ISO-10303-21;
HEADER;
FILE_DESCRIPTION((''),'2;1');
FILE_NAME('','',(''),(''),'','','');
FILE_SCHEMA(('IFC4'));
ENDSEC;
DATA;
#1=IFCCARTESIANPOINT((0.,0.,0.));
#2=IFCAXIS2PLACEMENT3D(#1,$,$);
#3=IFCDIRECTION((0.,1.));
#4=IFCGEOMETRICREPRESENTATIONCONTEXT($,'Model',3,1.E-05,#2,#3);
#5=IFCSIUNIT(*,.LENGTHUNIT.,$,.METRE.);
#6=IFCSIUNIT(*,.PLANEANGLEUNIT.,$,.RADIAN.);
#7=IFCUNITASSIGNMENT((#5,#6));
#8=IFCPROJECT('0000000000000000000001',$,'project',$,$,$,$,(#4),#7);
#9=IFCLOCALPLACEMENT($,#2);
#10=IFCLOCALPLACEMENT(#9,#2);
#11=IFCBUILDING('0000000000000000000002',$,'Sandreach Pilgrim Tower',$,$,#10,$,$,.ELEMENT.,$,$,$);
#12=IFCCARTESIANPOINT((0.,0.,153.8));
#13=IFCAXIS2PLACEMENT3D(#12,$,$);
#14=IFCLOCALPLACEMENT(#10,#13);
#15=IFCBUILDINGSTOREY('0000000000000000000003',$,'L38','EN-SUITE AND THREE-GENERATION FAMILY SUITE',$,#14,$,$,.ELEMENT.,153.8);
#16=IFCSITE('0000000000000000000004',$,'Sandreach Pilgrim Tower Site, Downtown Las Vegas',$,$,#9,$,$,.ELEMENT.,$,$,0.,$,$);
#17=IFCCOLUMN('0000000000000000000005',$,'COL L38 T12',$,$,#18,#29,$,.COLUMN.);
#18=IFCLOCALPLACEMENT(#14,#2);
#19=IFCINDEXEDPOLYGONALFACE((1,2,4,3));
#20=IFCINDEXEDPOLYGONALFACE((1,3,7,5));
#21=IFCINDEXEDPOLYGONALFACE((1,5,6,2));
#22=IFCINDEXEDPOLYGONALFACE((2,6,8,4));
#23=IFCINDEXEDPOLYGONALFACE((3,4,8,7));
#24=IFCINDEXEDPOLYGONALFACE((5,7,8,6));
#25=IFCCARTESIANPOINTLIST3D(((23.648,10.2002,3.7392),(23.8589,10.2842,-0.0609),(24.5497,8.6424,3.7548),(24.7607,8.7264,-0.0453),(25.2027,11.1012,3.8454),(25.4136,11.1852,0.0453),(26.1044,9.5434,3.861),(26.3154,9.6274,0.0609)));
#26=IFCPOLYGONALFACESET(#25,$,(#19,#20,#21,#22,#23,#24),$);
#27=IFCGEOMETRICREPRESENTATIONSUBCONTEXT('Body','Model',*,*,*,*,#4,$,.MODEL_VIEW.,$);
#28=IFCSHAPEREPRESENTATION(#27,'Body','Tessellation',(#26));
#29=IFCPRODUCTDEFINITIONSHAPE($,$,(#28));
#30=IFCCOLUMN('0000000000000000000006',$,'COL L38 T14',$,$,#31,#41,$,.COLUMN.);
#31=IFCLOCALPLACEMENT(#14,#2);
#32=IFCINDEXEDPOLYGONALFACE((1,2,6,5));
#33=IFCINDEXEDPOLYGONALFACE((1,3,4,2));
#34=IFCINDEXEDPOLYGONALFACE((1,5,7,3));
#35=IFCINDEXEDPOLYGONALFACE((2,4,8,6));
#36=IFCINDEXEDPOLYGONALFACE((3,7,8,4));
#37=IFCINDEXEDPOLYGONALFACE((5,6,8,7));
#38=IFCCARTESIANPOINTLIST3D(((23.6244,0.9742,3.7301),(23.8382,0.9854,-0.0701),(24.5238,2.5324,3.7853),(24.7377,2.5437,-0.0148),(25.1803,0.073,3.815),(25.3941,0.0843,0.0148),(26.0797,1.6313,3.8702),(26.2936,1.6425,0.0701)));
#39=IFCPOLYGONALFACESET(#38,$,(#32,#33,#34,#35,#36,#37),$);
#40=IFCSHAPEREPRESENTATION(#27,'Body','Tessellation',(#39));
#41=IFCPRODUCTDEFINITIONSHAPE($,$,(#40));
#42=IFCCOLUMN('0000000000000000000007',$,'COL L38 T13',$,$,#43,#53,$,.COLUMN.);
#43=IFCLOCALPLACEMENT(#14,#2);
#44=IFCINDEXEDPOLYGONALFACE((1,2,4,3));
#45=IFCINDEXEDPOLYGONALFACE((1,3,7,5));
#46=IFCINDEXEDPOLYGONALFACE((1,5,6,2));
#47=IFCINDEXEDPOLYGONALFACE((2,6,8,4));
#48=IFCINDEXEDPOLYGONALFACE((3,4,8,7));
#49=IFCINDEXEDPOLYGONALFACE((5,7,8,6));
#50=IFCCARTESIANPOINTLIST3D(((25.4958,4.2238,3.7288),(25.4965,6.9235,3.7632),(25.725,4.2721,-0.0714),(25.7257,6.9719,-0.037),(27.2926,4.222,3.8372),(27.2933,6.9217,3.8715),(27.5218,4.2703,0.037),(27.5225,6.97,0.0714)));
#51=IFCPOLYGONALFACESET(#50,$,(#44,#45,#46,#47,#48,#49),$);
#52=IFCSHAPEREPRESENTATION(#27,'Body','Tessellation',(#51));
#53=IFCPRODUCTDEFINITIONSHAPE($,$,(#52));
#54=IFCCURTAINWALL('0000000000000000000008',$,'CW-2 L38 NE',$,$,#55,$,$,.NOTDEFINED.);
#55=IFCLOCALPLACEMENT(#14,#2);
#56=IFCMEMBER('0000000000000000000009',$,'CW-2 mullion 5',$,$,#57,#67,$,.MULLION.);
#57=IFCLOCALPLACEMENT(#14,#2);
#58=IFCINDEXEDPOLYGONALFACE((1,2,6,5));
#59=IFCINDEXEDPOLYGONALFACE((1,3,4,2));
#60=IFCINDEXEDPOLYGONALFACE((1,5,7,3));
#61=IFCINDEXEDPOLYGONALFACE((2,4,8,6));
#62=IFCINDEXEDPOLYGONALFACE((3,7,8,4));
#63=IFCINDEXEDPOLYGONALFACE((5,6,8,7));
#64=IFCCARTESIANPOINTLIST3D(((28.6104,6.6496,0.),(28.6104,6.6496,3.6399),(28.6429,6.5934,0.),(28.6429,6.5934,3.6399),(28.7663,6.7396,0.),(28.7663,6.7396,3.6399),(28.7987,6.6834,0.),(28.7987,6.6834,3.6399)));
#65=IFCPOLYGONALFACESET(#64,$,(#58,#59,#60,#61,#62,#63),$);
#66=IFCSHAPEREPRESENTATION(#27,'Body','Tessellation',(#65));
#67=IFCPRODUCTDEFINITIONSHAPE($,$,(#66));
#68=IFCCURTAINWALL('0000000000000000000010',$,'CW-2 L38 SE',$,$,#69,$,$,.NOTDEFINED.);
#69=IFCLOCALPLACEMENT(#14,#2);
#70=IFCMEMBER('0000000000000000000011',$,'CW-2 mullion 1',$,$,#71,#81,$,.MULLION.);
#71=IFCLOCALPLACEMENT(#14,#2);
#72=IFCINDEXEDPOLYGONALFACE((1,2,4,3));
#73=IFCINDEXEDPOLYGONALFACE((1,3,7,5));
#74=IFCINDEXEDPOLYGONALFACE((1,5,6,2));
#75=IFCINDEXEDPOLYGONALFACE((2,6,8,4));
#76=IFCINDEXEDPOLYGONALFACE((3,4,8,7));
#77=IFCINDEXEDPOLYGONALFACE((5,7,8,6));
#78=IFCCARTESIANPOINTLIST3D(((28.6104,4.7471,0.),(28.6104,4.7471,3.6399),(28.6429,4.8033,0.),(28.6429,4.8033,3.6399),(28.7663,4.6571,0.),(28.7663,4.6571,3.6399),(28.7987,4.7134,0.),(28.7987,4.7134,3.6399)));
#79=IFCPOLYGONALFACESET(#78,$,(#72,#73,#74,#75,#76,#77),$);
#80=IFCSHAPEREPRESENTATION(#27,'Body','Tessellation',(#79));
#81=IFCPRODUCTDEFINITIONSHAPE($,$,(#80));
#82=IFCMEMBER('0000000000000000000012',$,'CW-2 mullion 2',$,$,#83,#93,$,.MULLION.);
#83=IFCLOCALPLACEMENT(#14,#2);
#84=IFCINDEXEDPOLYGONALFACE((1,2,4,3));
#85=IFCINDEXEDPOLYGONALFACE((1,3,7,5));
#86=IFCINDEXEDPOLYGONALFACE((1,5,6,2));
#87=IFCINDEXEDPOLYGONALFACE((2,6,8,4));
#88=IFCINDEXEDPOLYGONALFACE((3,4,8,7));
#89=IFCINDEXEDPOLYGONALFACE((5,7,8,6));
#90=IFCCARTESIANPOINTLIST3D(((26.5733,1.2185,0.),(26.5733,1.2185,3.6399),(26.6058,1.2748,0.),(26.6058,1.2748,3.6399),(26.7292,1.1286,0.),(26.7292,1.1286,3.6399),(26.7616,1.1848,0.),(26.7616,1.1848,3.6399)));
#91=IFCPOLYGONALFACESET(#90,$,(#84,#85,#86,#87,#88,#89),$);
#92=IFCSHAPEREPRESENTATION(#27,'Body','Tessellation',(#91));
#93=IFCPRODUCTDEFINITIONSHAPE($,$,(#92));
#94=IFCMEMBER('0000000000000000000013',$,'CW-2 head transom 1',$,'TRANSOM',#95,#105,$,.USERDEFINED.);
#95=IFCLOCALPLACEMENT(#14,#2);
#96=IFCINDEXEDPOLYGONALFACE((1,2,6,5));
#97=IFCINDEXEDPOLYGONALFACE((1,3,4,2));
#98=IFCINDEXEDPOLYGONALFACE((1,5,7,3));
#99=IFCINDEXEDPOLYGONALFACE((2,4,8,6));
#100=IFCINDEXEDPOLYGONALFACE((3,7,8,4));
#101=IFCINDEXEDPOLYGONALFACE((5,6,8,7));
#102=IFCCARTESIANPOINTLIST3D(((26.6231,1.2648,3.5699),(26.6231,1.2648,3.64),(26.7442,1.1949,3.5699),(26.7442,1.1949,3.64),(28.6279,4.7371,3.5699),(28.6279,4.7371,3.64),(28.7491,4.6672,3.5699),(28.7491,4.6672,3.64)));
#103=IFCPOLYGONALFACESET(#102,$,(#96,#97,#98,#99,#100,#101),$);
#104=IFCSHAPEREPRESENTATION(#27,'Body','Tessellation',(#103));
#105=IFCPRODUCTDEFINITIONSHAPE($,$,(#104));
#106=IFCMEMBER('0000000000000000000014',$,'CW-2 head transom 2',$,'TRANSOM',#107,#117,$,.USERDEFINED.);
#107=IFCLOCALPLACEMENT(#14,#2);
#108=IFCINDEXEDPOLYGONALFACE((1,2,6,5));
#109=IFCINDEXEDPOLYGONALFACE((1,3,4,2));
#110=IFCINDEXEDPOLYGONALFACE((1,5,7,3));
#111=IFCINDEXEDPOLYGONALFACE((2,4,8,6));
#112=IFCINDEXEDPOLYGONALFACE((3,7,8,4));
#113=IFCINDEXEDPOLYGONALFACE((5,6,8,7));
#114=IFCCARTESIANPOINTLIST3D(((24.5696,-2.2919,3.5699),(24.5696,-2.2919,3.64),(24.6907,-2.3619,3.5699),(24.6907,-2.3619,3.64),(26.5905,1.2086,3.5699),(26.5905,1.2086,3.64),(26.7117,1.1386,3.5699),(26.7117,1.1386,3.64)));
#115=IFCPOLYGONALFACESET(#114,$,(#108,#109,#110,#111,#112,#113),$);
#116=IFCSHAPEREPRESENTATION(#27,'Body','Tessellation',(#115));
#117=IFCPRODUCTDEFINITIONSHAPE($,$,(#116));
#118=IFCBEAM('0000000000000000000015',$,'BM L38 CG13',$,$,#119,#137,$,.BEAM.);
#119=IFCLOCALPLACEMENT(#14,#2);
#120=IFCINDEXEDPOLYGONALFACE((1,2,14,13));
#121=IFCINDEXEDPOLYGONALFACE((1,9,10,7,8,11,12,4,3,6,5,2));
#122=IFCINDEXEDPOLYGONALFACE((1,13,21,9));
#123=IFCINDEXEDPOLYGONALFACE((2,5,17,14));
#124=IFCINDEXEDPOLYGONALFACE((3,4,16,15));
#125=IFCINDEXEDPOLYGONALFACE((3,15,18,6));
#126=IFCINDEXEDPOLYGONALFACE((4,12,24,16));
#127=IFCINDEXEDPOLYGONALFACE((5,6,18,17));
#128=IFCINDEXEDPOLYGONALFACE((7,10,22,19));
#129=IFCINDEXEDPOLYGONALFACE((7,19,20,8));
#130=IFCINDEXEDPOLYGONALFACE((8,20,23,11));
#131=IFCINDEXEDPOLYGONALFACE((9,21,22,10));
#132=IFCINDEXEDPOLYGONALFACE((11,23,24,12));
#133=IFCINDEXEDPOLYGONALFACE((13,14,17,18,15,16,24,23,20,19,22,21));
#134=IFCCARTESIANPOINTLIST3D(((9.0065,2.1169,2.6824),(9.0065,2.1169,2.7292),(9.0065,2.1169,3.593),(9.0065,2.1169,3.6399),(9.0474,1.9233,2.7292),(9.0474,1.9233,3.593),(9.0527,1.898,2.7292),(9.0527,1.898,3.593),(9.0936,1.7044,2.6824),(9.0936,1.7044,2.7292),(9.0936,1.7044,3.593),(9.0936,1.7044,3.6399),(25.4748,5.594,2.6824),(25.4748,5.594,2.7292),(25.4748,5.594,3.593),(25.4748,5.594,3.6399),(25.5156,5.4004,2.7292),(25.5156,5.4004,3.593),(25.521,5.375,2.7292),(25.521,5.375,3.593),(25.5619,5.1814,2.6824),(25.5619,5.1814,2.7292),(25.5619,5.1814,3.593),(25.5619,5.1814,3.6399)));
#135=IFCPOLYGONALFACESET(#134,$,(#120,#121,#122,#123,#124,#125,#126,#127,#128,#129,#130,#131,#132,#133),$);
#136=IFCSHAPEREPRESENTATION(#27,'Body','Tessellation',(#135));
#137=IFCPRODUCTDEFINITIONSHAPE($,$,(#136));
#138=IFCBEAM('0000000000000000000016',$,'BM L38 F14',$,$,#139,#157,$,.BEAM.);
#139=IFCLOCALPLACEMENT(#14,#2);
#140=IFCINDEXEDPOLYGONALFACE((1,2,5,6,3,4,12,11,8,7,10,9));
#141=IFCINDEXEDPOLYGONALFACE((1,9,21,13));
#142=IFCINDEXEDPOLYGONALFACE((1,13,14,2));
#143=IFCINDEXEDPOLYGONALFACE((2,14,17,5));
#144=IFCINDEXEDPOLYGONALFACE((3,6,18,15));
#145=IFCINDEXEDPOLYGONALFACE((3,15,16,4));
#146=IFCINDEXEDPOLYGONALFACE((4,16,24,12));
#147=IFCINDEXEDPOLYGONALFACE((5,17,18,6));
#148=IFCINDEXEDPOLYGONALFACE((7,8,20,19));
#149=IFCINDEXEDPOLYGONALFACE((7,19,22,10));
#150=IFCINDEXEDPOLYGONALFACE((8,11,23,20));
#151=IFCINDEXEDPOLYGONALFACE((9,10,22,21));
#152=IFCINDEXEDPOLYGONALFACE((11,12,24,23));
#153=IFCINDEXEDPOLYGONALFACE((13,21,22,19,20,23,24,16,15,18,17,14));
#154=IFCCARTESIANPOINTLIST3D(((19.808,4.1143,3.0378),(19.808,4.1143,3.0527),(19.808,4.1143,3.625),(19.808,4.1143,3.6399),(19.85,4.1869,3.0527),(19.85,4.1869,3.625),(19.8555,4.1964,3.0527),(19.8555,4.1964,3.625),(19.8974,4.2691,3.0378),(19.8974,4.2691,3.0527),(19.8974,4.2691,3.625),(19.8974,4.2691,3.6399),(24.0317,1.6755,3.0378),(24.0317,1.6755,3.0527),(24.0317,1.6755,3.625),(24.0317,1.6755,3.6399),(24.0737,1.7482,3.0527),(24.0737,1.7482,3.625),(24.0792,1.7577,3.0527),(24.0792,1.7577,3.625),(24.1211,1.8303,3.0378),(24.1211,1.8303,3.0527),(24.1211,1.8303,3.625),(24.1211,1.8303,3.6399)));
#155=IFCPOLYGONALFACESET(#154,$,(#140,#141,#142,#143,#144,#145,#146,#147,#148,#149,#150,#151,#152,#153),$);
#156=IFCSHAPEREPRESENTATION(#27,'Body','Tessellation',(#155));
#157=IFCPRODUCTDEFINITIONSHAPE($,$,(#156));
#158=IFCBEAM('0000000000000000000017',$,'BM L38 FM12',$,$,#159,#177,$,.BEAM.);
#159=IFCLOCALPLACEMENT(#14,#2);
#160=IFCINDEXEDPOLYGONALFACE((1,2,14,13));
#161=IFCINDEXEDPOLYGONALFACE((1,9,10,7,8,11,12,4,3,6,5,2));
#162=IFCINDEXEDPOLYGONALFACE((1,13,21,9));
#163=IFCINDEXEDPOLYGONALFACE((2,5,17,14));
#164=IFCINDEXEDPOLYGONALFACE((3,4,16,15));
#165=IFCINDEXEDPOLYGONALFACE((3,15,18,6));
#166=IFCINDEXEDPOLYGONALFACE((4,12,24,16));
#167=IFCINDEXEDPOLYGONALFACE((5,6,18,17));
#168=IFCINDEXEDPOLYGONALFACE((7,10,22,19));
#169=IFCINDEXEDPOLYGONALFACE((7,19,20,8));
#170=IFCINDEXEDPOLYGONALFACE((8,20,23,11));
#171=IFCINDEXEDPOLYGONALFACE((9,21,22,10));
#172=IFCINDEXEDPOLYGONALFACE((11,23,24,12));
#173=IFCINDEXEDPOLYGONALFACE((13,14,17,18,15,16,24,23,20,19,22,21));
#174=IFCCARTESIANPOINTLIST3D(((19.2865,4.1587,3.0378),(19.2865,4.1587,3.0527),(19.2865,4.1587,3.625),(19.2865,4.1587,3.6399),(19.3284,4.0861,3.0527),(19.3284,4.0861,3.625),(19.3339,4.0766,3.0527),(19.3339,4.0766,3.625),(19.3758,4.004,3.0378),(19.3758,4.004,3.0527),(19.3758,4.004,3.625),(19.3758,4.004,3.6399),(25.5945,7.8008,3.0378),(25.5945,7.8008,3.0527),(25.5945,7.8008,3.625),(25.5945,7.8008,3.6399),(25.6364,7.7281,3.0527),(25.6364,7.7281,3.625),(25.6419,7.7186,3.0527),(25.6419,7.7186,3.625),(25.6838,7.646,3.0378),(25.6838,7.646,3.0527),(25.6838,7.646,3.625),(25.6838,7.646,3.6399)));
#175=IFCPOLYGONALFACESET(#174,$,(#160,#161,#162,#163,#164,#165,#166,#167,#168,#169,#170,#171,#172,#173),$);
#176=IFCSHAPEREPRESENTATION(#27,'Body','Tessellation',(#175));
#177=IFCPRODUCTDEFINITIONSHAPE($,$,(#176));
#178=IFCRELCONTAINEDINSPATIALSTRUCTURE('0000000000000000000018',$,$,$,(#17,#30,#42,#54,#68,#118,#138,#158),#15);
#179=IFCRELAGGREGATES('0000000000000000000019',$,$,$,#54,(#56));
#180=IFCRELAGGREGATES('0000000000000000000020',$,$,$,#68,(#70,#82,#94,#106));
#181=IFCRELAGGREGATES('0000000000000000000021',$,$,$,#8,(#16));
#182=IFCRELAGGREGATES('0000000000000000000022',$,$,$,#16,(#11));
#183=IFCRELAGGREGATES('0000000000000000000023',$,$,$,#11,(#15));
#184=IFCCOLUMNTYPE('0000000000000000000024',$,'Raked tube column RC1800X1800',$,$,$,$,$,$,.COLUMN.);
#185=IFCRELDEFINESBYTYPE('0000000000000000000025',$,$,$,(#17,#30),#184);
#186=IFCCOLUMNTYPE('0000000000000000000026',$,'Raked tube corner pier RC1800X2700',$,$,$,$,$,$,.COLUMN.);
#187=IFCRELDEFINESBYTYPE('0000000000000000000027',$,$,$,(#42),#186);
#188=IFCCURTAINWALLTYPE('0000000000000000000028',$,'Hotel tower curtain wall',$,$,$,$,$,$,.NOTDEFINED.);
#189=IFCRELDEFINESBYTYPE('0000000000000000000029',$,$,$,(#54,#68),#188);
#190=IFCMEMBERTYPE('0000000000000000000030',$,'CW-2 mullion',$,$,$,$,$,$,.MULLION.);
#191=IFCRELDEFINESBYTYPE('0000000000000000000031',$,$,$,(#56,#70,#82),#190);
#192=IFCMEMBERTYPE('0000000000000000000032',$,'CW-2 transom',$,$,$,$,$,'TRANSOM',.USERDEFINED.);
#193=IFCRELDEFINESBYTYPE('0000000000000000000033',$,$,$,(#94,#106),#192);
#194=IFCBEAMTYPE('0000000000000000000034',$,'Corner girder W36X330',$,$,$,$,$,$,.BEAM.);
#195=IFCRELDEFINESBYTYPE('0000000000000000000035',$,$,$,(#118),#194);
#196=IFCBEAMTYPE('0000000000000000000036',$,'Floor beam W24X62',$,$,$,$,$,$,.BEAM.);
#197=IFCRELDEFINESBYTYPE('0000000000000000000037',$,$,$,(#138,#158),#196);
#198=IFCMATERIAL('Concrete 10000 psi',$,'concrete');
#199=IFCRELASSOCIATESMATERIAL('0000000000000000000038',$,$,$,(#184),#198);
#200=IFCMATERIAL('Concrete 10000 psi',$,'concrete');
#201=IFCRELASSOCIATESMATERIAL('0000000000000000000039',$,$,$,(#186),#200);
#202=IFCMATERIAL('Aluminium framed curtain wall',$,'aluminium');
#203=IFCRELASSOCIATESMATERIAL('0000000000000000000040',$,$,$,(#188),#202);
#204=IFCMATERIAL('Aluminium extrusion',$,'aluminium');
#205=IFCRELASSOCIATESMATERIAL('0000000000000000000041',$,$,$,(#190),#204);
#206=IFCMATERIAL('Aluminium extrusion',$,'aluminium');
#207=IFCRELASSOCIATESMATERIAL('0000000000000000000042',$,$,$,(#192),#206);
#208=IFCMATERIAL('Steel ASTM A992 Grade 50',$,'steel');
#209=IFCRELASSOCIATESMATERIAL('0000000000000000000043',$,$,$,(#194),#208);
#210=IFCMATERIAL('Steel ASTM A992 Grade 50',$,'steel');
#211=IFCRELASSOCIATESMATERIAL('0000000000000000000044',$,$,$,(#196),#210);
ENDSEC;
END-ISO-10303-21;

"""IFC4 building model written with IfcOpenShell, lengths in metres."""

from ifc_helpers import new_model, si_unit, direction, frame, origin, origin_2d, place, context, subcontext, project, spatial, rectangle, i_section, extrude, material, material_profile, profile_set, type_object, element, aggregate, save


model = new_model("IFC4")

# Units and contexts
model_context = context("Model", 3, precision=1e-05, world=origin(), true_north=direction((0.0, 1.0)))
body_context = subcontext(model_context, "Body", "Model", "MODEL_VIEW")
ifc_project = project(units=[si_unit("LENGTHUNIT", "METRE"), si_unit("PLANEANGLEUNIT", "RADIAN")], contexts=[model_context])

# Site, building, storey
site_placement = place(None, origin())
site = spatial("IfcSite", under=ifc_project, at=site_placement, Name="Sandreach Pilgrim Tower Site, Downtown Las Vegas", CompositionType="ELEMENT", RefElevation=0.0)
building_placement = place(site_placement, origin())
building = spatial("IfcBuilding", under=site, at=building_placement, Name="Sandreach Pilgrim Tower", CompositionType="ELEMENT")
storey_placement = place(building_placement, frame((0.0, 0.0, 153.8)))
storey = spatial("IfcBuildingStorey", under=building, at=storey_placement, Name="L38", Description="EN-SUITE AND THREE-GENERATION FAMILY SUITE", CompositionType="ELEMENT", Elevation=153.8)

# Columns
ifc_material_1 = material(Name="Concrete 10000 psi", Category="concrete")
ifc_material_profile_1 = material_profile(ifc_material_1, rectangle(XDim=1.8, YDim=1.8, at=origin_2d()), Name="RC1800X1800")
ifc_profile_set_1 = profile_set([ifc_material_profile_1], Name="Concrete 10000 psi")
column_type_1 = type_object("IfcColumnType", Name="Raked tube column RC1800X1800", PredefinedType="COLUMN", material=ifc_profile_set_1)
column_1_placement = place(storey_placement, frame((25.0872, 9.9558, 0.0), z_axis=(-0.05541, -0.022062, 0.99822), x_axis=(0.863697, 0.500546, 0.059006)))
element("IfcColumn", 1, at=column_1_placement, inside=storey, type_object=column_type_1, Name="COL L38 T12", PredefinedType="COLUMN", context=body_context, shape_type="SweptSolid", body=[
    extrude(rectangle(XDim=1.8, YDim=1.8, at=origin_2d()), origin(), (0.0, 0.0, 1.0), 3.8069),
])
column_2_placement = place(storey_placement, frame((25.0659, 1.314, 0.0), z_axis=(-0.056191, -0.002951, 0.998416), x_axis=(0.86438, -0.500621, 0.047168)))
element("IfcColumn", 2, at=column_2_placement, inside=storey, type_object=column_type_1, Name="COL L38 T14", PredefinedType="COLUMN", context=body_context, shape_type="SweptSolid", body=[
    extrude(rectangle(XDim=1.8, YDim=1.8, at=origin_2d()), origin(), (0.0, 0.0, 1.0), 3.8062),
])
ifc_material_2 = material(Name="Concrete 10000 psi", Category="concrete")
ifc_material_profile_2 = material_profile(ifc_material_2, rectangle(XDim=1.8, YDim=2.7, at=origin_2d()), Name="RC1800X2700")
ifc_profile_set_2 = profile_set([ifc_material_profile_2], Name="Concrete 10000 psi")
column_type_2 = type_object("IfcColumnType", Name="Raked tube corner pier RC1800X2700", PredefinedType="COLUMN", material=ifc_profile_set_2)
column_3_placement = place(storey_placement, frame((26.6238, 5.6211, 0.0), z_axis=(-0.060213, -0.012697, 0.998105), x_axis=(0.998185, -0.001025, 0.060205)))
element("IfcColumn", 3, at=column_3_placement, inside=storey, type_object=column_type_2, Name="COL L38 T13", PredefinedType="COLUMN", context=body_context, shape_type="SweptSolid", body=[
    extrude(rectangle(XDim=1.8, YDim=2.7, at=origin_2d()), origin(), (0.0, 0.0, 1.0), 3.8074),
])

# Curtain wall, member
ifc_material_3 = material(Name="Aluminium framed curtain wall", Category="aluminium")
curtain_wall_type = type_object("IfcCurtainWallType", Name="Hotel tower curtain wall", PredefinedType="NOTDEFINED", material=ifc_material_3)
curtain_wall_1_placement = place(storey_placement, origin())
curtain_wall_1 = element("IfcCurtainWall", 4, at=curtain_wall_1_placement, inside=storey, type_object=curtain_wall_type, Name="CW-2 L38 NE", PredefinedType="NOTDEFINED")
ifc_material_4 = material(Name="Aluminium extrusion", Category="aluminium")
ifc_material_profile_3 = material_profile(ifc_material_4, rectangle(XDim=0.0649, YDim=0.1799, at=origin_2d()), Name="CW-2M 65X180")
ifc_profile_set_3 = profile_set([ifc_material_profile_3], Name="Aluminium extrusion")
member_type_1 = type_object("IfcMemberType", Name="CW-2 mullion", PredefinedType="MULLION", material=ifc_profile_set_3)
member_1_placement = place(storey_placement, frame((28.7046, 6.6665, 0.0), z_axis=(0.0, 0.0, 1.0), x_axis=(0.5, -0.866025, 0.0)))
member_1 = element("IfcMember", 5, at=member_1_placement, type_object=member_type_1, Name="CW-2 mullion 5", PredefinedType="MULLION", context=body_context, shape_type="SweptSolid", body=[
    extrude(rectangle(XDim=0.0649, YDim=0.1799, at=origin_2d()), origin(), (0.0, 0.0, 1.0), 3.6399),
])

# Curtain wall, members
curtain_wall_2_placement = place(storey_placement, origin())
curtain_wall_2 = element("IfcCurtainWall", 6, at=curtain_wall_2_placement, inside=storey, type_object=curtain_wall_type, Name="CW-2 L38 SE", PredefinedType="NOTDEFINED")
member_2_placement = place(storey_placement, frame((28.7046, 4.7302, 0.0), z_axis=(0.0, 0.0, 1.0), x_axis=(-0.5, -0.866025, 0.0)))
member_2 = element("IfcMember", 7, at=member_2_placement, type_object=member_type_1, Name="CW-2 mullion 1", PredefinedType="MULLION", context=body_context, shape_type="SweptSolid", body=[
    extrude(rectangle(XDim=0.0649, YDim=0.1799, at=origin_2d()), origin(), (0.0, 0.0, 1.0), 3.6399),
])
member_3_placement = place(storey_placement, frame((26.6675, 1.2017, 0.0), z_axis=(0.0, 0.0, 1.0), x_axis=(-0.5, -0.866025, 0.0)))
member_3 = element("IfcMember", 8, at=member_3_placement, type_object=member_type_1, Name="CW-2 mullion 2", PredefinedType="MULLION", context=body_context, shape_type="SweptSolid", body=[
    extrude(rectangle(XDim=0.0649, YDim=0.1799, at=origin_2d()), origin(), (0.0, 0.0, 1.0), 3.6399),
])
ifc_material_5 = material(Name="Aluminium extrusion", Category="aluminium")
ifc_material_profile_4 = material_profile(ifc_material_5, rectangle(XDim=0.1399, YDim=0.0701, at=origin_2d()), Name="CW-2T 140X70")
ifc_profile_set_4 = profile_set([ifc_material_profile_4], Name="Aluminium extrusion")
member_type_2 = type_object("IfcMemberType", Name="CW-2 transom", ElementType="TRANSOM", PredefinedType="USERDEFINED", material=ifc_profile_set_4)
member_4_placement = place(storey_placement, frame((28.6885, 4.7021, 3.605), z_axis=(-0.500016, -0.866016, 0.0), x_axis=(0.866016, -0.500016, 0.0)))
member_4 = element("IfcMember", 9, at=member_4_placement, type_object=member_type_2, Name="CW-2 head transom 1", ObjectType="TRANSOM", PredefinedType="USERDEFINED", context=body_context, shape_type="SweptSolid", body=[
    extrude(rectangle(XDim=0.1399, YDim=0.0701, at=origin_2d()), origin(), (0.0, 0.0, 1.0), 4.0095),
])
member_5_placement = place(storey_placement, frame((26.6511, 1.1736, 3.605), z_axis=(-0.499998, -0.866027, 0.0), x_axis=(0.866027, -0.499998, 0.0)))
member_5 = element("IfcMember", 10, at=member_5_placement, type_object=member_type_2, Name="CW-2 head transom 2", ObjectType="TRANSOM", PredefinedType="USERDEFINED", context=body_context, shape_type="SweptSolid", body=[
    extrude(rectangle(XDim=0.1399, YDim=0.0701, at=origin_2d()), origin(), (0.0, 0.0, 1.0), 4.042),
])

# Beams
ifc_material_6 = material(Name="Steel ASTM A992 Grade 50", Category="steel")
ifc_material_profile_5 = material_profile(ifc_material_6, i_section(OverallWidth=0.4216, OverallDepth=0.9575, WebThickness=0.0259, FlangeThickness=0.0469, at=origin_2d()), Name="W36X330")
ifc_profile_set_5 = profile_set([ifc_material_profile_5], Name="Steel ASTM A992 Grade 50")
beam_type_1 = type_object("IfcBeamType", Name="Corner girder W36X330", PredefinedType="BEAM", material=ifc_profile_set_5)
beam_1_placement = place(storey_placement, frame((25.5183, 5.3877, 3.1611), z_axis=(-0.978429, -0.206582, 0.0), x_axis=(0.206582, -0.978429, 0.0)))
element("IfcBeam", 11, at=beam_1_placement, inside=storey, type_object=beam_type_1, Name="BM L38 CG13", PredefinedType="BEAM", context=body_context, shape_type="SweptSolid", body=[
    extrude(i_section(OverallWidth=0.4216, OverallDepth=0.9575, WebThickness=0.0259, FlangeThickness=0.0469, at=origin_2d()), origin(), (0.0, 0.0, 1.0), 16.8313),
])
ifc_material_7 = material(Name="Steel ASTM A992 Grade 50", Category="steel")
ifc_material_profile_6 = material_profile(ifc_material_7, i_section(OverallWidth=0.1787, OverallDepth=0.6021, WebThickness=0.011, FlangeThickness=0.0149, at=origin_2d()), Name="W24X62")
ifc_profile_set_6 = profile_set([ifc_material_profile_6], Name="Steel ASTM A992 Grade 50")
beam_type_2 = type_object("IfcBeamType", Name="Floor beam W24X62", PredefinedType="BEAM", material=ifc_profile_set_6)
beam_2_placement = place(storey_placement, frame((24.0764, 1.7529, 3.3389), z_axis=(-0.866007, 0.500032, 0.0), x_axis=(-0.500032, -0.866007, 0.0)))
element("IfcBeam", 12, at=beam_2_placement, inside=storey, type_object=beam_type_2, Name="BM L38 F14", PredefinedType="BEAM", context=body_context, shape_type="SweptSolid", body=[
    extrude(i_section(OverallWidth=0.1787, OverallDepth=0.6021, WebThickness=0.011, FlangeThickness=0.0149, at=origin_2d()), origin(), (0.0, 0.0, 1.0), 4.8772),
])
beam_3_placement = place(storey_placement, frame((25.6392, 7.7234, 3.3389), z_axis=(-0.866019, -0.500011, 0.0), x_axis=(0.500011, -0.866019, 0.0)))
element("IfcBeam", 13, at=beam_3_placement, inside=storey, type_object=beam_type_2, Name="BM L38 FM12", PredefinedType="BEAM", context=body_context, shape_type="SweptSolid", body=[
    extrude(i_section(OverallWidth=0.1787, OverallDepth=0.6021, WebThickness=0.011, FlangeThickness=0.0149, at=origin_2d()), origin(), (0.0, 0.0, 1.0), 7.2839),
])

aggregate(curtain_wall_1, [member_1])
aggregate(curtain_wall_2, [member_2, member_3, member_4, member_5])

save(model, "model.ifc")
